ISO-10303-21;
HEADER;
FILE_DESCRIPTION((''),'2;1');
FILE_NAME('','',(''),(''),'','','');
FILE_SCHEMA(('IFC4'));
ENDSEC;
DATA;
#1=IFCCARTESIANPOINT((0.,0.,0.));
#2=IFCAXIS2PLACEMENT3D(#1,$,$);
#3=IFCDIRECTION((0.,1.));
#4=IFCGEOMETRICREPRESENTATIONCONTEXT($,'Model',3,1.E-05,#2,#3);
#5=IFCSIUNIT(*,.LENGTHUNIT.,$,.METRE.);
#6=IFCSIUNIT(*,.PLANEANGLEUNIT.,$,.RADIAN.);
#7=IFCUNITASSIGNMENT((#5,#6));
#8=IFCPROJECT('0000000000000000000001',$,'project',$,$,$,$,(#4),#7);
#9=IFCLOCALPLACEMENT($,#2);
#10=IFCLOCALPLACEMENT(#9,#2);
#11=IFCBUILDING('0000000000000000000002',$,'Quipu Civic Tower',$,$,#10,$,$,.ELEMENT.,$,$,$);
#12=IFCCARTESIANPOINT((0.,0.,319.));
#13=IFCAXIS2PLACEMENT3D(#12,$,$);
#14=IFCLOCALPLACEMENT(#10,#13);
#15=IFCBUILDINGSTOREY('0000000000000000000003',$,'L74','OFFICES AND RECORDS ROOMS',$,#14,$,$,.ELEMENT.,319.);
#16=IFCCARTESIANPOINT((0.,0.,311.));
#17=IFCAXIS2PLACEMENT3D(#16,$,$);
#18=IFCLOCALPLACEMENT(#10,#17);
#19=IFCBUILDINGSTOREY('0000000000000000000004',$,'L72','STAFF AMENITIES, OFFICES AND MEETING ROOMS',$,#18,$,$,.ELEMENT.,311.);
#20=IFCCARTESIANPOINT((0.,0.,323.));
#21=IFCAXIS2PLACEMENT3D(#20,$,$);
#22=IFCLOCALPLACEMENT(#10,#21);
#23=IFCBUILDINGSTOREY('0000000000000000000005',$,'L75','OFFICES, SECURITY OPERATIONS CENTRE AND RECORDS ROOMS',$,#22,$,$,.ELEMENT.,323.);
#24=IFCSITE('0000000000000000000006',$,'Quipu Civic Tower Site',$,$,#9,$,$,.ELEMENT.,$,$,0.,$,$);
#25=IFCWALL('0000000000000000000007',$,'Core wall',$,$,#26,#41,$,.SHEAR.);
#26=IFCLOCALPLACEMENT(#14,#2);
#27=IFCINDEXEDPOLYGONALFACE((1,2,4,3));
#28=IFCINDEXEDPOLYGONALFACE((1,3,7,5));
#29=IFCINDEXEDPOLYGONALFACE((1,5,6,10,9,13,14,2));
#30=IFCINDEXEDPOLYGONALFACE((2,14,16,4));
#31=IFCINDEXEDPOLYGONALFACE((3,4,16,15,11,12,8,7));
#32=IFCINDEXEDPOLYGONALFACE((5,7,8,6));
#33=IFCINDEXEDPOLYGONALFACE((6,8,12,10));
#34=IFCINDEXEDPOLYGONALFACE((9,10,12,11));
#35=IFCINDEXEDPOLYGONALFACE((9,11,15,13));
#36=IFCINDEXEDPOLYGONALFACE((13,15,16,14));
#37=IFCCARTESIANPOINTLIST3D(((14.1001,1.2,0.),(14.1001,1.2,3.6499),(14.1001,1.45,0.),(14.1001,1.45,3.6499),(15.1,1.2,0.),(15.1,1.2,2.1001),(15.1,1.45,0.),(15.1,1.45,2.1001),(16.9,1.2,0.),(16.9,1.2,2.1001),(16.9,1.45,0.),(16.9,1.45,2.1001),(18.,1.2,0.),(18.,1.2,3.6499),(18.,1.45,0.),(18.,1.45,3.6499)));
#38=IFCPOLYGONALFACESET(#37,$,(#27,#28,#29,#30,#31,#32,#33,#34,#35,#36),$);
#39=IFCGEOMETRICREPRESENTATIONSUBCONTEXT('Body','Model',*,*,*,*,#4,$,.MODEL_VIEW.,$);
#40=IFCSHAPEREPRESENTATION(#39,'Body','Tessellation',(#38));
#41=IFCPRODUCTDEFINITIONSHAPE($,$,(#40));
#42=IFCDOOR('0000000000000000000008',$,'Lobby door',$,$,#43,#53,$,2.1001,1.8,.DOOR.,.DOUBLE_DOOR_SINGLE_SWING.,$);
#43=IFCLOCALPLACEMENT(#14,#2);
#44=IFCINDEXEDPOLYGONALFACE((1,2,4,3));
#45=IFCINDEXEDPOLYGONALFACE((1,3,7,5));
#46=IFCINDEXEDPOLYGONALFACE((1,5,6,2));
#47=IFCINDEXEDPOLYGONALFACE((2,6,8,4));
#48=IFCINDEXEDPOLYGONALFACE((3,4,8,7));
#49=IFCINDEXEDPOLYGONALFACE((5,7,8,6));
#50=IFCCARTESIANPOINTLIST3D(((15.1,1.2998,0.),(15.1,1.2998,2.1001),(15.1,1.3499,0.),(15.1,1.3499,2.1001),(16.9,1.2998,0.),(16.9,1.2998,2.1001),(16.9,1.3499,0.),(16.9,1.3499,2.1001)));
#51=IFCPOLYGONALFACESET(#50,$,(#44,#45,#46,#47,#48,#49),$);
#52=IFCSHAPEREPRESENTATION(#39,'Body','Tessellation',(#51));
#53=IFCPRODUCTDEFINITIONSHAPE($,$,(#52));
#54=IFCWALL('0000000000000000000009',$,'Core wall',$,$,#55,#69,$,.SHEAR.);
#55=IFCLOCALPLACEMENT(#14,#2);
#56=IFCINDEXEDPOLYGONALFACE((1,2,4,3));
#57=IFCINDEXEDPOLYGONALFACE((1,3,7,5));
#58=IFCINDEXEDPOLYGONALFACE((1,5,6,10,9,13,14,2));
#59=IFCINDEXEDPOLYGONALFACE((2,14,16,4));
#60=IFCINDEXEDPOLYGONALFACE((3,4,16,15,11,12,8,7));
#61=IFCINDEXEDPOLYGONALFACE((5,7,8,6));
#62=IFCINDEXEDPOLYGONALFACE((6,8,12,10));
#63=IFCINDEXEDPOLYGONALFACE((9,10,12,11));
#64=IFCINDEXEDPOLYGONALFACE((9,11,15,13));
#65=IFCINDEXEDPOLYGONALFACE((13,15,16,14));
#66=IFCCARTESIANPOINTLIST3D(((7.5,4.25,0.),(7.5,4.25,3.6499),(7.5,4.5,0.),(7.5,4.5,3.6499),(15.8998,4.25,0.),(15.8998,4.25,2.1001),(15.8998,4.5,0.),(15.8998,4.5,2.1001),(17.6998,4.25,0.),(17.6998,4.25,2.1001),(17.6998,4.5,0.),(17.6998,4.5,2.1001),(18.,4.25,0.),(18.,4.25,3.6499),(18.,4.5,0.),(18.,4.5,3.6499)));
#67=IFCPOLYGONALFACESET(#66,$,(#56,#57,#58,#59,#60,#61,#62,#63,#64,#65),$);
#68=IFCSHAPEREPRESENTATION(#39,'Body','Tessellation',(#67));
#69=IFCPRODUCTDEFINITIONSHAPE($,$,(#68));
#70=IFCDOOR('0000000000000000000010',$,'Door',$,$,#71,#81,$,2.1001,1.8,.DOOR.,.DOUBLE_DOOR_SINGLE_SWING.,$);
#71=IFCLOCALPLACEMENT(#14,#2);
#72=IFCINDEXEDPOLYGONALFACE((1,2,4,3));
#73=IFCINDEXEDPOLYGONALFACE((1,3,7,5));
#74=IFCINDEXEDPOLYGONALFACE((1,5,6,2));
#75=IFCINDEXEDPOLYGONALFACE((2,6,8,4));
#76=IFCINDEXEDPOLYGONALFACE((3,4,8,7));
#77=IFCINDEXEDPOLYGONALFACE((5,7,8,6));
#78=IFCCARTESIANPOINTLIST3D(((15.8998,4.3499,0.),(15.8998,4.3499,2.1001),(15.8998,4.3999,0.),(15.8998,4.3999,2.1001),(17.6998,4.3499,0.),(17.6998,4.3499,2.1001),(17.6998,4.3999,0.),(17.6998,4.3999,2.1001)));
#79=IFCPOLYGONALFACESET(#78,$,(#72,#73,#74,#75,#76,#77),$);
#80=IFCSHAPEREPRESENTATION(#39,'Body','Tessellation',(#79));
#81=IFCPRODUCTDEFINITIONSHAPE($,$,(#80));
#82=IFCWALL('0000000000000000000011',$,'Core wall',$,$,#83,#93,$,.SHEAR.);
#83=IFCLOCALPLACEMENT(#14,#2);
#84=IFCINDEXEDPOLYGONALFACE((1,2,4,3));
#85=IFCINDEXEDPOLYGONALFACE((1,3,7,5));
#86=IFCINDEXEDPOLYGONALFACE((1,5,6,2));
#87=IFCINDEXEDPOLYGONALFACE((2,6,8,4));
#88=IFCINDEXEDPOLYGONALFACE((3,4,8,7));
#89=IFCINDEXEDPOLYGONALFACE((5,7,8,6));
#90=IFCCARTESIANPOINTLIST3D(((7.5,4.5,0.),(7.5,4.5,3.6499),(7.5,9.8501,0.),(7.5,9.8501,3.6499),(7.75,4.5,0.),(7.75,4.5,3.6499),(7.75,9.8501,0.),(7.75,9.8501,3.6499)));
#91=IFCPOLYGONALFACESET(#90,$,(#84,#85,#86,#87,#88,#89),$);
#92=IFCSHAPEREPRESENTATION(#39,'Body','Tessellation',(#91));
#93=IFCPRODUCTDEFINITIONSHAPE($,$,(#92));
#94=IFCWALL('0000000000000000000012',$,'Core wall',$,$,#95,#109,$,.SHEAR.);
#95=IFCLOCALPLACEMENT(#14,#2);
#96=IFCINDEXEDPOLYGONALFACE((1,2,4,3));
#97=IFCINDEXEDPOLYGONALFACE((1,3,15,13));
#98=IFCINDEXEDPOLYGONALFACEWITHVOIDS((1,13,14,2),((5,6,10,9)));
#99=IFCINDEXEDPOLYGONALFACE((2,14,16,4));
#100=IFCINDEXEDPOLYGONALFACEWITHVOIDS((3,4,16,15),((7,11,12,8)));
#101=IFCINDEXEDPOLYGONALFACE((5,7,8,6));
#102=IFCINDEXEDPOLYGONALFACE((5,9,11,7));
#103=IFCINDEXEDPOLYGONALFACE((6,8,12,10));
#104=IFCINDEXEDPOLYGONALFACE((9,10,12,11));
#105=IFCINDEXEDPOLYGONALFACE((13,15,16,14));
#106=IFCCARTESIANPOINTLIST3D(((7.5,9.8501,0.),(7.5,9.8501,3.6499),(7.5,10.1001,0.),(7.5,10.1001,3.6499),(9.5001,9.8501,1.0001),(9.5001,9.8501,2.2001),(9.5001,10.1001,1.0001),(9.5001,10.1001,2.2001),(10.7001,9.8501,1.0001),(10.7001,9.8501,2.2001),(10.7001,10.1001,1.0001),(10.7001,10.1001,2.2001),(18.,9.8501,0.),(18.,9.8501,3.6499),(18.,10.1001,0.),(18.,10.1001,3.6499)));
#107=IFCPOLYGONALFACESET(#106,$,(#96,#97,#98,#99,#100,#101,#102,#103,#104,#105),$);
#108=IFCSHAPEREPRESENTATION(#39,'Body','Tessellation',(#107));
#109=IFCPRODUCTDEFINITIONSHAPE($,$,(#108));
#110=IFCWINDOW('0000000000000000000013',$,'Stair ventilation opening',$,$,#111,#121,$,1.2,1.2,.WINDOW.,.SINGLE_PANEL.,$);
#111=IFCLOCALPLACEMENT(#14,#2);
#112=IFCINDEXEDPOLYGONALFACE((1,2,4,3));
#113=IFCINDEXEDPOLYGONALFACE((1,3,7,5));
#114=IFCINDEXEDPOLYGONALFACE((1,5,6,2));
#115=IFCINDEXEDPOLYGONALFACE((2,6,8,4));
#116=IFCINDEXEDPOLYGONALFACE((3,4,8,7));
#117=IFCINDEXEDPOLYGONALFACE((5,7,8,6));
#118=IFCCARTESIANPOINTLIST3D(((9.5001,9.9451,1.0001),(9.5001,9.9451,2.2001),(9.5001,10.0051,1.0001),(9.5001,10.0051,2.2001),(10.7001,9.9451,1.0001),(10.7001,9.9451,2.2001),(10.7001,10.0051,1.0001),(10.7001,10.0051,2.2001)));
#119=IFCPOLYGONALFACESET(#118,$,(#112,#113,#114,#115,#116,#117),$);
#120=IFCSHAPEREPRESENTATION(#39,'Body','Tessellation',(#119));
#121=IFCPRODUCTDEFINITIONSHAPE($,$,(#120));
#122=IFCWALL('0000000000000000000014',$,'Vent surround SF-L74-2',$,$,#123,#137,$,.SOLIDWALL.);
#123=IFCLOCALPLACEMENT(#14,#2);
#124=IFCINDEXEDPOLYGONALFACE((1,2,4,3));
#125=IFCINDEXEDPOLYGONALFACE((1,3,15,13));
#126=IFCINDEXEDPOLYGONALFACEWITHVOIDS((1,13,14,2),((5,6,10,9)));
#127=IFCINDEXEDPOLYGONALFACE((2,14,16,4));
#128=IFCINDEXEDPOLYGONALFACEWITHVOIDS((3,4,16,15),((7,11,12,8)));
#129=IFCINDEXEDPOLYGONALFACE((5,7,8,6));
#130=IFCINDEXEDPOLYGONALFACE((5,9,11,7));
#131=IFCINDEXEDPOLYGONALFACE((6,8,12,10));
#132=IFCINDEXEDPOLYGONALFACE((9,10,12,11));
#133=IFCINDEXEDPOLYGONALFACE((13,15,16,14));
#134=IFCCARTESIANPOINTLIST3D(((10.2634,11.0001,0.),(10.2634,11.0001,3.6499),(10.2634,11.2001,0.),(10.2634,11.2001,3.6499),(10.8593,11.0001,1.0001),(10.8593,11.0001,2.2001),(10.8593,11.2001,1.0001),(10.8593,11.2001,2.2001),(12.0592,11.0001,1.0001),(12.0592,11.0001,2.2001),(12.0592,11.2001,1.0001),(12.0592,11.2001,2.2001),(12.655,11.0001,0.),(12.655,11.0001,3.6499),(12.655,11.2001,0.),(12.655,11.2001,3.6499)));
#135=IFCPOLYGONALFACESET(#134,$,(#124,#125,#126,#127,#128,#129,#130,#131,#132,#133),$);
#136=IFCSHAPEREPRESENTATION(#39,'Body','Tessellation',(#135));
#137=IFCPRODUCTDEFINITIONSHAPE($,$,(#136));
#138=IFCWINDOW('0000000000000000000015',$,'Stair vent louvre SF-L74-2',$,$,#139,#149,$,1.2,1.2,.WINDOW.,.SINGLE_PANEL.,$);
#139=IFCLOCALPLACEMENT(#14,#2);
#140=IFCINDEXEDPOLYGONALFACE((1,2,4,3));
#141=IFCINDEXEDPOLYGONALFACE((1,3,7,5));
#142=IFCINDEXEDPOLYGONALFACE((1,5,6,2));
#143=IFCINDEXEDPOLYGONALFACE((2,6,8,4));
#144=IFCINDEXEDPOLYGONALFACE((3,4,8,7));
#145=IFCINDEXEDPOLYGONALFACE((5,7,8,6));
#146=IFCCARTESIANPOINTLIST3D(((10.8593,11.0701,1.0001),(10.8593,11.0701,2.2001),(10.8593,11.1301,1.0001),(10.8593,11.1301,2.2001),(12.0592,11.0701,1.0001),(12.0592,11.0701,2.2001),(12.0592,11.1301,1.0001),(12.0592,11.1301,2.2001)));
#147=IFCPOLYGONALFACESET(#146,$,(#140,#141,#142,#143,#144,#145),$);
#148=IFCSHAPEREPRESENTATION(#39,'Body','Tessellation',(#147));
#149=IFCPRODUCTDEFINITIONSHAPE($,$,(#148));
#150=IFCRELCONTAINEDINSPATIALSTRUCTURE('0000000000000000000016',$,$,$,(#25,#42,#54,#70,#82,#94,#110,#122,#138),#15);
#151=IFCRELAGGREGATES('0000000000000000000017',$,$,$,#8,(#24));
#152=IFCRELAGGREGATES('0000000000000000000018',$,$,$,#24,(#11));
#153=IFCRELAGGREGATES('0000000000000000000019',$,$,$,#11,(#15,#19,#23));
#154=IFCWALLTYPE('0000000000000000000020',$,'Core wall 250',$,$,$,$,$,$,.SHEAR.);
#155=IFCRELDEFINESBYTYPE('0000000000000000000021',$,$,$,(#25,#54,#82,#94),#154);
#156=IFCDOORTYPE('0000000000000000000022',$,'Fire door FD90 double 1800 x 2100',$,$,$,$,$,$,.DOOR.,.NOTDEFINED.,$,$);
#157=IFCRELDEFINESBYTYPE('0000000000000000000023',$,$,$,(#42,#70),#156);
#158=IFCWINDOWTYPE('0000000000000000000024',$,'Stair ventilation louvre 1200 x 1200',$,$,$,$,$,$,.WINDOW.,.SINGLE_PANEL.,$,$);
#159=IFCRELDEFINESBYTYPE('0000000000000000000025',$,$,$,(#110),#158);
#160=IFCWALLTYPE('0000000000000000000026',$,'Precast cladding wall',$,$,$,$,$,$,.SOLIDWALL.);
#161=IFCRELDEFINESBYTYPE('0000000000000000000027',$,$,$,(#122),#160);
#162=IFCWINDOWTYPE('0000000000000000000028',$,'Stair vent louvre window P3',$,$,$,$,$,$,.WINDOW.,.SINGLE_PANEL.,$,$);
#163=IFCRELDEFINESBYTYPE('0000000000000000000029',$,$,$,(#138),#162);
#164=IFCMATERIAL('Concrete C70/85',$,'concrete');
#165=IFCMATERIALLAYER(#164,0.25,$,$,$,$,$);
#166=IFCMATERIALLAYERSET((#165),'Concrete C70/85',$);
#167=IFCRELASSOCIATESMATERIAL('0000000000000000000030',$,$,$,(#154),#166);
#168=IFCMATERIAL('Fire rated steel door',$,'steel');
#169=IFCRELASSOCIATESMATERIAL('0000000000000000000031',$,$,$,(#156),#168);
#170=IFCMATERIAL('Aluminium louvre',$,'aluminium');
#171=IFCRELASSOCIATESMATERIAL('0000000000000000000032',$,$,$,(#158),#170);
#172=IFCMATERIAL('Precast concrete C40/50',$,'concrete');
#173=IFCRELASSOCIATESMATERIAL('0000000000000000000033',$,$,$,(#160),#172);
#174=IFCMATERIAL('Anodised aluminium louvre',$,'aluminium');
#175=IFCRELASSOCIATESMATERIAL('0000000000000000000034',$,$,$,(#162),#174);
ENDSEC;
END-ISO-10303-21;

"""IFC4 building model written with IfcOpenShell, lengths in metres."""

from ifc_helpers import new_model, si_unit, direction, frame, frame_2d, origin, place, context, subcontext, project, spatial, rectangle, extrude, material, layer, layer_set, type_object, element, fill, save


model = new_model("IFC4")

# Units and contexts
model_context = context("Model", 3, precision=1e-05, world=origin(), true_north=direction((0.0, 1.0)))
body_context = subcontext(model_context, "Body", "Model", "MODEL_VIEW")
ifc_project = project(units=[si_unit("LENGTHUNIT", "METRE"), si_unit("PLANEANGLEUNIT", "RADIAN")], contexts=[model_context])

# Site, building, storey
site_placement = place(None, origin())
site = spatial("IfcSite", under=ifc_project, at=site_placement, Name="Quipu Civic Tower Site", CompositionType="ELEMENT", RefElevation=0.0)
building_placement = place(site_placement, origin())
building = spatial("IfcBuilding", under=site, at=building_placement, Name="Quipu Civic Tower", CompositionType="ELEMENT")
storey_1_placement = place(building_placement, frame((0.0, 0.0, 319.0)))
storey_1 = spatial("IfcBuildingStorey", under=building, at=storey_1_placement, Name="L74", Description="OFFICES AND RECORDS ROOMS", CompositionType="ELEMENT", Elevation=319.0)

# Shared definitions
storey_2_placement = place(building_placement, frame((0.0, 0.0, 311.0)))
storey_2 = spatial("IfcBuildingStorey", under=building, at=storey_2_placement, Name="L72", Description="STAFF AMENITIES, OFFICES AND MEETING ROOMS", CompositionType="ELEMENT", Elevation=311.0)

# Shared definitions
storey_3_placement = place(building_placement, frame((0.0, 0.0, 323.0)))
storey_3 = spatial("IfcBuildingStorey", under=building, at=storey_3_placement, Name="L75", Description="OFFICES, SECURITY OPERATIONS CENTRE AND RECORDS ROOMS", CompositionType="ELEMENT", Elevation=323.0)

# Walls, openings, doors
ifc_material_1 = material(Name="Concrete C70/85", Category="concrete")
ifc_layer_1 = layer(ifc_material_1, 0.25)
ifc_layer_set_1 = layer_set([ifc_layer_1], Name="Concrete C70/85")
wall_type_1 = type_object("IfcWallType", Name="Core wall 250", PredefinedType="SHEAR", material=ifc_layer_set_1)
wall_1_placement = place(storey_1_placement, frame((14.1001, 1.325, 0.0), z_axis=(0.0, 0.0, 1.0), x_axis=(1.0, 0.0, 0.0)))
wall_1 = element("IfcWall", 1, at=wall_1_placement, inside=storey_1, type_object=wall_type_1, Name="Core wall", PredefinedType="SHEAR", context=body_context, shape_type="SweptSolid", body=[
    extrude(rectangle(XDim=3.8999, YDim=0.25, at=frame_2d((1.95, 0.0))), origin(), (0.0, 0.0, 1.0), 3.6499),
])
opening_1_placement = place(wall_1_placement, frame((1.0, 0.0, 0.0)))
opening_1 = element("IfcOpeningElement", 2, at=opening_1_placement, cuts=wall_1, PredefinedType="OPENING", context=body_context, shape_type="SweptSolid", body=[
    extrude(rectangle(XDim=1.8, YDim=2.1001, at=frame_2d((0.8999, 1.05))), frame((0.0, 0.135, 0.0), z_axis=(0.0, -1.0, 0.0), x_axis=(1.0, 0.0, 0.0)), (0.0, 0.0, 1.0), 0.27),
])
ifc_material_2 = material(Name="Fire rated steel door", Category="steel")
door_type = type_object("IfcDoorType", Name="Fire door FD90 double 1800 x 2100", OperationType="NOTDEFINED", PredefinedType="DOOR", material=ifc_material_2)
door_1_placement = place(opening_1_placement, origin())
door_1 = element("IfcDoor", 3, at=door_1_placement, inside=storey_1, type_object=door_type, Name="Lobby door", OperationType="DOUBLE_DOOR_SINGLE_SWING", OverallHeight=2.1001, OverallWidth=1.8, PredefinedType="DOOR", context=body_context, shape_type="SweptSolid", body=[
    extrude(rectangle(XDim=1.8, YDim=2.1001, at=frame_2d((0.8999, 1.05))), frame((0.0, 0.0249, 0.0), z_axis=(0.0, -1.0, 0.0), x_axis=(1.0, 0.0, 0.0)), (0.0, 0.0, 1.0), 0.05),
])
fill(opening_1, door_1)
wall_2_placement = place(storey_1_placement, frame((7.5, 4.375, 0.0), z_axis=(0.0, 0.0, 1.0), x_axis=(1.0, 0.0, 0.0)))
wall_2 = element("IfcWall", 4, at=wall_2_placement, inside=storey_1, type_object=wall_type_1, Name="Core wall", PredefinedType="SHEAR", context=body_context, shape_type="SweptSolid", body=[
    extrude(rectangle(XDim=10.5, YDim=0.25, at=frame_2d((5.25, 0.0))), origin(), (0.0, 0.0, 1.0), 3.6499),
])
opening_2_placement = place(wall_2_placement, frame((8.3999, 0.0, 0.0)))
opening_2 = element("IfcOpeningElement", 5, at=opening_2_placement, cuts=wall_2, PredefinedType="OPENING", context=body_context, shape_type="SweptSolid", body=[
    extrude(rectangle(XDim=1.8, YDim=2.1001, at=frame_2d((0.8999, 1.05))), frame((0.0, 0.135, 0.0), z_axis=(0.0, -1.0, 0.0), x_axis=(1.0, 0.0, 0.0)), (0.0, 0.0, 1.0), 0.27),
])
door_2_placement = place(opening_2_placement, origin())
door_2 = element("IfcDoor", 6, at=door_2_placement, inside=storey_1, type_object=door_type, Name="Door", OperationType="DOUBLE_DOOR_SINGLE_SWING", OverallHeight=2.1001, OverallWidth=1.8, PredefinedType="DOOR", context=body_context, shape_type="SweptSolid", body=[
    extrude(rectangle(XDim=1.8, YDim=2.1001, at=frame_2d((0.8999, 1.05))), frame((0.0, 0.0249, 0.0), z_axis=(0.0, -1.0, 0.0), x_axis=(1.0, 0.0, 0.0)), (0.0, 0.0, 1.0), 0.05),
])
fill(opening_2, door_2)

# Wall
wall_3_placement = place(storey_1_placement, frame((7.625, 4.5, 0.0), z_axis=(0.0, 0.0, 1.0), x_axis=(0.0, 1.0, 0.0)))
element("IfcWall", 7, at=wall_3_placement, inside=storey_1, type_object=wall_type_1, Name="Core wall", PredefinedType="SHEAR", context=body_context, shape_type="SweptSolid", body=[
    extrude(rectangle(XDim=5.3501, YDim=0.25, at=frame_2d((2.675, 0.0))), origin(), (0.0, 0.0, 1.0), 3.6499),
])

# Walls, openings, windows
wall_4_placement = place(storey_1_placement, frame((7.5, 9.9751, 0.0), z_axis=(0.0, 0.0, 1.0), x_axis=(1.0, 0.0, 0.0)))
wall_4 = element("IfcWall", 8, at=wall_4_placement, inside=storey_1, type_object=wall_type_1, Name="Core wall", PredefinedType="SHEAR", context=body_context, shape_type="SweptSolid", body=[
    extrude(rectangle(XDim=10.5, YDim=0.25, at=frame_2d((5.25, 0.0))), origin(), (0.0, 0.0, 1.0), 3.6499),
])
opening_3_placement = place(wall_4_placement, frame((2.0, 0.0, 1.0)))
opening_3 = element("IfcOpeningElement", 9, at=opening_3_placement, cuts=wall_4, PredefinedType="OPENING", context=body_context, shape_type="SweptSolid", body=[
    extrude(rectangle(XDim=1.2, YDim=1.2, at=frame_2d((0.6001, 0.6001))), frame((0.0, 0.135, 0.0), z_axis=(0.0, -1.0, 0.0), x_axis=(1.0, 0.0, 0.0)), (0.0, 0.0, 1.0), 0.27),
])
ifc_material_3 = material(Name="Aluminium louvre", Category="aluminium")
window_type_1 = type_object("IfcWindowType", Name="Stair ventilation louvre 1200 x 1200", PartitioningType="SINGLE_PANEL", PredefinedType="WINDOW", material=ifc_material_3)
window_1_placement = place(opening_3_placement, origin())
window_1 = element("IfcWindow", 10, at=window_1_placement, inside=storey_1, type_object=window_type_1, Name="Stair ventilation opening", OverallHeight=1.2, OverallWidth=1.2, PartitioningType="SINGLE_PANEL", PredefinedType="WINDOW", context=body_context, shape_type="SweptSolid", body=[
    extrude(rectangle(XDim=1.2, YDim=1.2, at=frame_2d((0.6001, 0.6001))), frame((0.0, 0.03, 0.0), z_axis=(0.0, -1.0, 0.0), x_axis=(1.0, 0.0, 0.0)), (0.0, 0.0, 1.0), 0.0601),
])
fill(opening_3, window_1)
ifc_material_4 = material(Name="Precast concrete C40/50", Category="concrete")
wall_type_2 = type_object("IfcWallType", Name="Precast cladding wall", PredefinedType="SOLIDWALL", material=ifc_material_4)
wall_5_placement = place(storey_1_placement, frame((12.655, 11.1001, 0.0), z_axis=(0.0, 0.0, 1.0), x_axis=(-1.0, 0.0, 0.0)))
wall_5 = element("IfcWall", 11, at=wall_5_placement, inside=storey_1, type_object=wall_type_2, Name="Vent surround SF-L74-2", PredefinedType="SOLIDWALL", context=body_context, shape_type="SweptSolid", body=[
    extrude(rectangle(XDim=2.3916, YDim=0.2, at=frame_2d((1.1958, 0.0))), origin(), (0.0, 0.0, 1.0), 3.6499),
])
opening_4_placement = place(wall_5_placement, frame((0.5957, 0.0, 1.0)))
opening_4 = element("IfcOpeningElement", 12, at=opening_4_placement, cuts=wall_5, PredefinedType="OPENING", context=body_context, shape_type="SweptSolid", body=[
    extrude(rectangle(XDim=1.2, YDim=1.2, at=frame_2d((0.6001, 0.6001))), frame((0.0, 0.1099, 0.0), z_axis=(0.0, -1.0, 0.0), x_axis=(1.0, 0.0, 0.0)), (0.0, 0.0, 1.0), 0.22),
])
ifc_material_5 = material(Name="Anodised aluminium louvre", Category="aluminium")
window_type_2 = type_object("IfcWindowType", Name="Stair vent louvre window P3", PartitioningType="SINGLE_PANEL", PredefinedType="WINDOW", material=ifc_material_5)
window_2_placement = place(opening_4_placement, origin())
window_2 = element("IfcWindow", 13, at=window_2_placement, inside=storey_1, type_object=window_type_2, Name="Stair vent louvre SF-L74-2", OverallHeight=1.2, OverallWidth=1.2, PartitioningType="SINGLE_PANEL", PredefinedType="WINDOW", context=body_context, shape_type="SweptSolid", body=[
    extrude(rectangle(XDim=1.2, YDim=1.2, at=frame_2d((0.6001, 0.6001))), frame((0.0, 0.03, 0.0), z_axis=(0.0, -1.0, 0.0), x_axis=(1.0, 0.0, 0.0)), (0.0, 0.0, 1.0), 0.0601),
])
fill(opening_4, window_2)

save(model, "model.ifc")
